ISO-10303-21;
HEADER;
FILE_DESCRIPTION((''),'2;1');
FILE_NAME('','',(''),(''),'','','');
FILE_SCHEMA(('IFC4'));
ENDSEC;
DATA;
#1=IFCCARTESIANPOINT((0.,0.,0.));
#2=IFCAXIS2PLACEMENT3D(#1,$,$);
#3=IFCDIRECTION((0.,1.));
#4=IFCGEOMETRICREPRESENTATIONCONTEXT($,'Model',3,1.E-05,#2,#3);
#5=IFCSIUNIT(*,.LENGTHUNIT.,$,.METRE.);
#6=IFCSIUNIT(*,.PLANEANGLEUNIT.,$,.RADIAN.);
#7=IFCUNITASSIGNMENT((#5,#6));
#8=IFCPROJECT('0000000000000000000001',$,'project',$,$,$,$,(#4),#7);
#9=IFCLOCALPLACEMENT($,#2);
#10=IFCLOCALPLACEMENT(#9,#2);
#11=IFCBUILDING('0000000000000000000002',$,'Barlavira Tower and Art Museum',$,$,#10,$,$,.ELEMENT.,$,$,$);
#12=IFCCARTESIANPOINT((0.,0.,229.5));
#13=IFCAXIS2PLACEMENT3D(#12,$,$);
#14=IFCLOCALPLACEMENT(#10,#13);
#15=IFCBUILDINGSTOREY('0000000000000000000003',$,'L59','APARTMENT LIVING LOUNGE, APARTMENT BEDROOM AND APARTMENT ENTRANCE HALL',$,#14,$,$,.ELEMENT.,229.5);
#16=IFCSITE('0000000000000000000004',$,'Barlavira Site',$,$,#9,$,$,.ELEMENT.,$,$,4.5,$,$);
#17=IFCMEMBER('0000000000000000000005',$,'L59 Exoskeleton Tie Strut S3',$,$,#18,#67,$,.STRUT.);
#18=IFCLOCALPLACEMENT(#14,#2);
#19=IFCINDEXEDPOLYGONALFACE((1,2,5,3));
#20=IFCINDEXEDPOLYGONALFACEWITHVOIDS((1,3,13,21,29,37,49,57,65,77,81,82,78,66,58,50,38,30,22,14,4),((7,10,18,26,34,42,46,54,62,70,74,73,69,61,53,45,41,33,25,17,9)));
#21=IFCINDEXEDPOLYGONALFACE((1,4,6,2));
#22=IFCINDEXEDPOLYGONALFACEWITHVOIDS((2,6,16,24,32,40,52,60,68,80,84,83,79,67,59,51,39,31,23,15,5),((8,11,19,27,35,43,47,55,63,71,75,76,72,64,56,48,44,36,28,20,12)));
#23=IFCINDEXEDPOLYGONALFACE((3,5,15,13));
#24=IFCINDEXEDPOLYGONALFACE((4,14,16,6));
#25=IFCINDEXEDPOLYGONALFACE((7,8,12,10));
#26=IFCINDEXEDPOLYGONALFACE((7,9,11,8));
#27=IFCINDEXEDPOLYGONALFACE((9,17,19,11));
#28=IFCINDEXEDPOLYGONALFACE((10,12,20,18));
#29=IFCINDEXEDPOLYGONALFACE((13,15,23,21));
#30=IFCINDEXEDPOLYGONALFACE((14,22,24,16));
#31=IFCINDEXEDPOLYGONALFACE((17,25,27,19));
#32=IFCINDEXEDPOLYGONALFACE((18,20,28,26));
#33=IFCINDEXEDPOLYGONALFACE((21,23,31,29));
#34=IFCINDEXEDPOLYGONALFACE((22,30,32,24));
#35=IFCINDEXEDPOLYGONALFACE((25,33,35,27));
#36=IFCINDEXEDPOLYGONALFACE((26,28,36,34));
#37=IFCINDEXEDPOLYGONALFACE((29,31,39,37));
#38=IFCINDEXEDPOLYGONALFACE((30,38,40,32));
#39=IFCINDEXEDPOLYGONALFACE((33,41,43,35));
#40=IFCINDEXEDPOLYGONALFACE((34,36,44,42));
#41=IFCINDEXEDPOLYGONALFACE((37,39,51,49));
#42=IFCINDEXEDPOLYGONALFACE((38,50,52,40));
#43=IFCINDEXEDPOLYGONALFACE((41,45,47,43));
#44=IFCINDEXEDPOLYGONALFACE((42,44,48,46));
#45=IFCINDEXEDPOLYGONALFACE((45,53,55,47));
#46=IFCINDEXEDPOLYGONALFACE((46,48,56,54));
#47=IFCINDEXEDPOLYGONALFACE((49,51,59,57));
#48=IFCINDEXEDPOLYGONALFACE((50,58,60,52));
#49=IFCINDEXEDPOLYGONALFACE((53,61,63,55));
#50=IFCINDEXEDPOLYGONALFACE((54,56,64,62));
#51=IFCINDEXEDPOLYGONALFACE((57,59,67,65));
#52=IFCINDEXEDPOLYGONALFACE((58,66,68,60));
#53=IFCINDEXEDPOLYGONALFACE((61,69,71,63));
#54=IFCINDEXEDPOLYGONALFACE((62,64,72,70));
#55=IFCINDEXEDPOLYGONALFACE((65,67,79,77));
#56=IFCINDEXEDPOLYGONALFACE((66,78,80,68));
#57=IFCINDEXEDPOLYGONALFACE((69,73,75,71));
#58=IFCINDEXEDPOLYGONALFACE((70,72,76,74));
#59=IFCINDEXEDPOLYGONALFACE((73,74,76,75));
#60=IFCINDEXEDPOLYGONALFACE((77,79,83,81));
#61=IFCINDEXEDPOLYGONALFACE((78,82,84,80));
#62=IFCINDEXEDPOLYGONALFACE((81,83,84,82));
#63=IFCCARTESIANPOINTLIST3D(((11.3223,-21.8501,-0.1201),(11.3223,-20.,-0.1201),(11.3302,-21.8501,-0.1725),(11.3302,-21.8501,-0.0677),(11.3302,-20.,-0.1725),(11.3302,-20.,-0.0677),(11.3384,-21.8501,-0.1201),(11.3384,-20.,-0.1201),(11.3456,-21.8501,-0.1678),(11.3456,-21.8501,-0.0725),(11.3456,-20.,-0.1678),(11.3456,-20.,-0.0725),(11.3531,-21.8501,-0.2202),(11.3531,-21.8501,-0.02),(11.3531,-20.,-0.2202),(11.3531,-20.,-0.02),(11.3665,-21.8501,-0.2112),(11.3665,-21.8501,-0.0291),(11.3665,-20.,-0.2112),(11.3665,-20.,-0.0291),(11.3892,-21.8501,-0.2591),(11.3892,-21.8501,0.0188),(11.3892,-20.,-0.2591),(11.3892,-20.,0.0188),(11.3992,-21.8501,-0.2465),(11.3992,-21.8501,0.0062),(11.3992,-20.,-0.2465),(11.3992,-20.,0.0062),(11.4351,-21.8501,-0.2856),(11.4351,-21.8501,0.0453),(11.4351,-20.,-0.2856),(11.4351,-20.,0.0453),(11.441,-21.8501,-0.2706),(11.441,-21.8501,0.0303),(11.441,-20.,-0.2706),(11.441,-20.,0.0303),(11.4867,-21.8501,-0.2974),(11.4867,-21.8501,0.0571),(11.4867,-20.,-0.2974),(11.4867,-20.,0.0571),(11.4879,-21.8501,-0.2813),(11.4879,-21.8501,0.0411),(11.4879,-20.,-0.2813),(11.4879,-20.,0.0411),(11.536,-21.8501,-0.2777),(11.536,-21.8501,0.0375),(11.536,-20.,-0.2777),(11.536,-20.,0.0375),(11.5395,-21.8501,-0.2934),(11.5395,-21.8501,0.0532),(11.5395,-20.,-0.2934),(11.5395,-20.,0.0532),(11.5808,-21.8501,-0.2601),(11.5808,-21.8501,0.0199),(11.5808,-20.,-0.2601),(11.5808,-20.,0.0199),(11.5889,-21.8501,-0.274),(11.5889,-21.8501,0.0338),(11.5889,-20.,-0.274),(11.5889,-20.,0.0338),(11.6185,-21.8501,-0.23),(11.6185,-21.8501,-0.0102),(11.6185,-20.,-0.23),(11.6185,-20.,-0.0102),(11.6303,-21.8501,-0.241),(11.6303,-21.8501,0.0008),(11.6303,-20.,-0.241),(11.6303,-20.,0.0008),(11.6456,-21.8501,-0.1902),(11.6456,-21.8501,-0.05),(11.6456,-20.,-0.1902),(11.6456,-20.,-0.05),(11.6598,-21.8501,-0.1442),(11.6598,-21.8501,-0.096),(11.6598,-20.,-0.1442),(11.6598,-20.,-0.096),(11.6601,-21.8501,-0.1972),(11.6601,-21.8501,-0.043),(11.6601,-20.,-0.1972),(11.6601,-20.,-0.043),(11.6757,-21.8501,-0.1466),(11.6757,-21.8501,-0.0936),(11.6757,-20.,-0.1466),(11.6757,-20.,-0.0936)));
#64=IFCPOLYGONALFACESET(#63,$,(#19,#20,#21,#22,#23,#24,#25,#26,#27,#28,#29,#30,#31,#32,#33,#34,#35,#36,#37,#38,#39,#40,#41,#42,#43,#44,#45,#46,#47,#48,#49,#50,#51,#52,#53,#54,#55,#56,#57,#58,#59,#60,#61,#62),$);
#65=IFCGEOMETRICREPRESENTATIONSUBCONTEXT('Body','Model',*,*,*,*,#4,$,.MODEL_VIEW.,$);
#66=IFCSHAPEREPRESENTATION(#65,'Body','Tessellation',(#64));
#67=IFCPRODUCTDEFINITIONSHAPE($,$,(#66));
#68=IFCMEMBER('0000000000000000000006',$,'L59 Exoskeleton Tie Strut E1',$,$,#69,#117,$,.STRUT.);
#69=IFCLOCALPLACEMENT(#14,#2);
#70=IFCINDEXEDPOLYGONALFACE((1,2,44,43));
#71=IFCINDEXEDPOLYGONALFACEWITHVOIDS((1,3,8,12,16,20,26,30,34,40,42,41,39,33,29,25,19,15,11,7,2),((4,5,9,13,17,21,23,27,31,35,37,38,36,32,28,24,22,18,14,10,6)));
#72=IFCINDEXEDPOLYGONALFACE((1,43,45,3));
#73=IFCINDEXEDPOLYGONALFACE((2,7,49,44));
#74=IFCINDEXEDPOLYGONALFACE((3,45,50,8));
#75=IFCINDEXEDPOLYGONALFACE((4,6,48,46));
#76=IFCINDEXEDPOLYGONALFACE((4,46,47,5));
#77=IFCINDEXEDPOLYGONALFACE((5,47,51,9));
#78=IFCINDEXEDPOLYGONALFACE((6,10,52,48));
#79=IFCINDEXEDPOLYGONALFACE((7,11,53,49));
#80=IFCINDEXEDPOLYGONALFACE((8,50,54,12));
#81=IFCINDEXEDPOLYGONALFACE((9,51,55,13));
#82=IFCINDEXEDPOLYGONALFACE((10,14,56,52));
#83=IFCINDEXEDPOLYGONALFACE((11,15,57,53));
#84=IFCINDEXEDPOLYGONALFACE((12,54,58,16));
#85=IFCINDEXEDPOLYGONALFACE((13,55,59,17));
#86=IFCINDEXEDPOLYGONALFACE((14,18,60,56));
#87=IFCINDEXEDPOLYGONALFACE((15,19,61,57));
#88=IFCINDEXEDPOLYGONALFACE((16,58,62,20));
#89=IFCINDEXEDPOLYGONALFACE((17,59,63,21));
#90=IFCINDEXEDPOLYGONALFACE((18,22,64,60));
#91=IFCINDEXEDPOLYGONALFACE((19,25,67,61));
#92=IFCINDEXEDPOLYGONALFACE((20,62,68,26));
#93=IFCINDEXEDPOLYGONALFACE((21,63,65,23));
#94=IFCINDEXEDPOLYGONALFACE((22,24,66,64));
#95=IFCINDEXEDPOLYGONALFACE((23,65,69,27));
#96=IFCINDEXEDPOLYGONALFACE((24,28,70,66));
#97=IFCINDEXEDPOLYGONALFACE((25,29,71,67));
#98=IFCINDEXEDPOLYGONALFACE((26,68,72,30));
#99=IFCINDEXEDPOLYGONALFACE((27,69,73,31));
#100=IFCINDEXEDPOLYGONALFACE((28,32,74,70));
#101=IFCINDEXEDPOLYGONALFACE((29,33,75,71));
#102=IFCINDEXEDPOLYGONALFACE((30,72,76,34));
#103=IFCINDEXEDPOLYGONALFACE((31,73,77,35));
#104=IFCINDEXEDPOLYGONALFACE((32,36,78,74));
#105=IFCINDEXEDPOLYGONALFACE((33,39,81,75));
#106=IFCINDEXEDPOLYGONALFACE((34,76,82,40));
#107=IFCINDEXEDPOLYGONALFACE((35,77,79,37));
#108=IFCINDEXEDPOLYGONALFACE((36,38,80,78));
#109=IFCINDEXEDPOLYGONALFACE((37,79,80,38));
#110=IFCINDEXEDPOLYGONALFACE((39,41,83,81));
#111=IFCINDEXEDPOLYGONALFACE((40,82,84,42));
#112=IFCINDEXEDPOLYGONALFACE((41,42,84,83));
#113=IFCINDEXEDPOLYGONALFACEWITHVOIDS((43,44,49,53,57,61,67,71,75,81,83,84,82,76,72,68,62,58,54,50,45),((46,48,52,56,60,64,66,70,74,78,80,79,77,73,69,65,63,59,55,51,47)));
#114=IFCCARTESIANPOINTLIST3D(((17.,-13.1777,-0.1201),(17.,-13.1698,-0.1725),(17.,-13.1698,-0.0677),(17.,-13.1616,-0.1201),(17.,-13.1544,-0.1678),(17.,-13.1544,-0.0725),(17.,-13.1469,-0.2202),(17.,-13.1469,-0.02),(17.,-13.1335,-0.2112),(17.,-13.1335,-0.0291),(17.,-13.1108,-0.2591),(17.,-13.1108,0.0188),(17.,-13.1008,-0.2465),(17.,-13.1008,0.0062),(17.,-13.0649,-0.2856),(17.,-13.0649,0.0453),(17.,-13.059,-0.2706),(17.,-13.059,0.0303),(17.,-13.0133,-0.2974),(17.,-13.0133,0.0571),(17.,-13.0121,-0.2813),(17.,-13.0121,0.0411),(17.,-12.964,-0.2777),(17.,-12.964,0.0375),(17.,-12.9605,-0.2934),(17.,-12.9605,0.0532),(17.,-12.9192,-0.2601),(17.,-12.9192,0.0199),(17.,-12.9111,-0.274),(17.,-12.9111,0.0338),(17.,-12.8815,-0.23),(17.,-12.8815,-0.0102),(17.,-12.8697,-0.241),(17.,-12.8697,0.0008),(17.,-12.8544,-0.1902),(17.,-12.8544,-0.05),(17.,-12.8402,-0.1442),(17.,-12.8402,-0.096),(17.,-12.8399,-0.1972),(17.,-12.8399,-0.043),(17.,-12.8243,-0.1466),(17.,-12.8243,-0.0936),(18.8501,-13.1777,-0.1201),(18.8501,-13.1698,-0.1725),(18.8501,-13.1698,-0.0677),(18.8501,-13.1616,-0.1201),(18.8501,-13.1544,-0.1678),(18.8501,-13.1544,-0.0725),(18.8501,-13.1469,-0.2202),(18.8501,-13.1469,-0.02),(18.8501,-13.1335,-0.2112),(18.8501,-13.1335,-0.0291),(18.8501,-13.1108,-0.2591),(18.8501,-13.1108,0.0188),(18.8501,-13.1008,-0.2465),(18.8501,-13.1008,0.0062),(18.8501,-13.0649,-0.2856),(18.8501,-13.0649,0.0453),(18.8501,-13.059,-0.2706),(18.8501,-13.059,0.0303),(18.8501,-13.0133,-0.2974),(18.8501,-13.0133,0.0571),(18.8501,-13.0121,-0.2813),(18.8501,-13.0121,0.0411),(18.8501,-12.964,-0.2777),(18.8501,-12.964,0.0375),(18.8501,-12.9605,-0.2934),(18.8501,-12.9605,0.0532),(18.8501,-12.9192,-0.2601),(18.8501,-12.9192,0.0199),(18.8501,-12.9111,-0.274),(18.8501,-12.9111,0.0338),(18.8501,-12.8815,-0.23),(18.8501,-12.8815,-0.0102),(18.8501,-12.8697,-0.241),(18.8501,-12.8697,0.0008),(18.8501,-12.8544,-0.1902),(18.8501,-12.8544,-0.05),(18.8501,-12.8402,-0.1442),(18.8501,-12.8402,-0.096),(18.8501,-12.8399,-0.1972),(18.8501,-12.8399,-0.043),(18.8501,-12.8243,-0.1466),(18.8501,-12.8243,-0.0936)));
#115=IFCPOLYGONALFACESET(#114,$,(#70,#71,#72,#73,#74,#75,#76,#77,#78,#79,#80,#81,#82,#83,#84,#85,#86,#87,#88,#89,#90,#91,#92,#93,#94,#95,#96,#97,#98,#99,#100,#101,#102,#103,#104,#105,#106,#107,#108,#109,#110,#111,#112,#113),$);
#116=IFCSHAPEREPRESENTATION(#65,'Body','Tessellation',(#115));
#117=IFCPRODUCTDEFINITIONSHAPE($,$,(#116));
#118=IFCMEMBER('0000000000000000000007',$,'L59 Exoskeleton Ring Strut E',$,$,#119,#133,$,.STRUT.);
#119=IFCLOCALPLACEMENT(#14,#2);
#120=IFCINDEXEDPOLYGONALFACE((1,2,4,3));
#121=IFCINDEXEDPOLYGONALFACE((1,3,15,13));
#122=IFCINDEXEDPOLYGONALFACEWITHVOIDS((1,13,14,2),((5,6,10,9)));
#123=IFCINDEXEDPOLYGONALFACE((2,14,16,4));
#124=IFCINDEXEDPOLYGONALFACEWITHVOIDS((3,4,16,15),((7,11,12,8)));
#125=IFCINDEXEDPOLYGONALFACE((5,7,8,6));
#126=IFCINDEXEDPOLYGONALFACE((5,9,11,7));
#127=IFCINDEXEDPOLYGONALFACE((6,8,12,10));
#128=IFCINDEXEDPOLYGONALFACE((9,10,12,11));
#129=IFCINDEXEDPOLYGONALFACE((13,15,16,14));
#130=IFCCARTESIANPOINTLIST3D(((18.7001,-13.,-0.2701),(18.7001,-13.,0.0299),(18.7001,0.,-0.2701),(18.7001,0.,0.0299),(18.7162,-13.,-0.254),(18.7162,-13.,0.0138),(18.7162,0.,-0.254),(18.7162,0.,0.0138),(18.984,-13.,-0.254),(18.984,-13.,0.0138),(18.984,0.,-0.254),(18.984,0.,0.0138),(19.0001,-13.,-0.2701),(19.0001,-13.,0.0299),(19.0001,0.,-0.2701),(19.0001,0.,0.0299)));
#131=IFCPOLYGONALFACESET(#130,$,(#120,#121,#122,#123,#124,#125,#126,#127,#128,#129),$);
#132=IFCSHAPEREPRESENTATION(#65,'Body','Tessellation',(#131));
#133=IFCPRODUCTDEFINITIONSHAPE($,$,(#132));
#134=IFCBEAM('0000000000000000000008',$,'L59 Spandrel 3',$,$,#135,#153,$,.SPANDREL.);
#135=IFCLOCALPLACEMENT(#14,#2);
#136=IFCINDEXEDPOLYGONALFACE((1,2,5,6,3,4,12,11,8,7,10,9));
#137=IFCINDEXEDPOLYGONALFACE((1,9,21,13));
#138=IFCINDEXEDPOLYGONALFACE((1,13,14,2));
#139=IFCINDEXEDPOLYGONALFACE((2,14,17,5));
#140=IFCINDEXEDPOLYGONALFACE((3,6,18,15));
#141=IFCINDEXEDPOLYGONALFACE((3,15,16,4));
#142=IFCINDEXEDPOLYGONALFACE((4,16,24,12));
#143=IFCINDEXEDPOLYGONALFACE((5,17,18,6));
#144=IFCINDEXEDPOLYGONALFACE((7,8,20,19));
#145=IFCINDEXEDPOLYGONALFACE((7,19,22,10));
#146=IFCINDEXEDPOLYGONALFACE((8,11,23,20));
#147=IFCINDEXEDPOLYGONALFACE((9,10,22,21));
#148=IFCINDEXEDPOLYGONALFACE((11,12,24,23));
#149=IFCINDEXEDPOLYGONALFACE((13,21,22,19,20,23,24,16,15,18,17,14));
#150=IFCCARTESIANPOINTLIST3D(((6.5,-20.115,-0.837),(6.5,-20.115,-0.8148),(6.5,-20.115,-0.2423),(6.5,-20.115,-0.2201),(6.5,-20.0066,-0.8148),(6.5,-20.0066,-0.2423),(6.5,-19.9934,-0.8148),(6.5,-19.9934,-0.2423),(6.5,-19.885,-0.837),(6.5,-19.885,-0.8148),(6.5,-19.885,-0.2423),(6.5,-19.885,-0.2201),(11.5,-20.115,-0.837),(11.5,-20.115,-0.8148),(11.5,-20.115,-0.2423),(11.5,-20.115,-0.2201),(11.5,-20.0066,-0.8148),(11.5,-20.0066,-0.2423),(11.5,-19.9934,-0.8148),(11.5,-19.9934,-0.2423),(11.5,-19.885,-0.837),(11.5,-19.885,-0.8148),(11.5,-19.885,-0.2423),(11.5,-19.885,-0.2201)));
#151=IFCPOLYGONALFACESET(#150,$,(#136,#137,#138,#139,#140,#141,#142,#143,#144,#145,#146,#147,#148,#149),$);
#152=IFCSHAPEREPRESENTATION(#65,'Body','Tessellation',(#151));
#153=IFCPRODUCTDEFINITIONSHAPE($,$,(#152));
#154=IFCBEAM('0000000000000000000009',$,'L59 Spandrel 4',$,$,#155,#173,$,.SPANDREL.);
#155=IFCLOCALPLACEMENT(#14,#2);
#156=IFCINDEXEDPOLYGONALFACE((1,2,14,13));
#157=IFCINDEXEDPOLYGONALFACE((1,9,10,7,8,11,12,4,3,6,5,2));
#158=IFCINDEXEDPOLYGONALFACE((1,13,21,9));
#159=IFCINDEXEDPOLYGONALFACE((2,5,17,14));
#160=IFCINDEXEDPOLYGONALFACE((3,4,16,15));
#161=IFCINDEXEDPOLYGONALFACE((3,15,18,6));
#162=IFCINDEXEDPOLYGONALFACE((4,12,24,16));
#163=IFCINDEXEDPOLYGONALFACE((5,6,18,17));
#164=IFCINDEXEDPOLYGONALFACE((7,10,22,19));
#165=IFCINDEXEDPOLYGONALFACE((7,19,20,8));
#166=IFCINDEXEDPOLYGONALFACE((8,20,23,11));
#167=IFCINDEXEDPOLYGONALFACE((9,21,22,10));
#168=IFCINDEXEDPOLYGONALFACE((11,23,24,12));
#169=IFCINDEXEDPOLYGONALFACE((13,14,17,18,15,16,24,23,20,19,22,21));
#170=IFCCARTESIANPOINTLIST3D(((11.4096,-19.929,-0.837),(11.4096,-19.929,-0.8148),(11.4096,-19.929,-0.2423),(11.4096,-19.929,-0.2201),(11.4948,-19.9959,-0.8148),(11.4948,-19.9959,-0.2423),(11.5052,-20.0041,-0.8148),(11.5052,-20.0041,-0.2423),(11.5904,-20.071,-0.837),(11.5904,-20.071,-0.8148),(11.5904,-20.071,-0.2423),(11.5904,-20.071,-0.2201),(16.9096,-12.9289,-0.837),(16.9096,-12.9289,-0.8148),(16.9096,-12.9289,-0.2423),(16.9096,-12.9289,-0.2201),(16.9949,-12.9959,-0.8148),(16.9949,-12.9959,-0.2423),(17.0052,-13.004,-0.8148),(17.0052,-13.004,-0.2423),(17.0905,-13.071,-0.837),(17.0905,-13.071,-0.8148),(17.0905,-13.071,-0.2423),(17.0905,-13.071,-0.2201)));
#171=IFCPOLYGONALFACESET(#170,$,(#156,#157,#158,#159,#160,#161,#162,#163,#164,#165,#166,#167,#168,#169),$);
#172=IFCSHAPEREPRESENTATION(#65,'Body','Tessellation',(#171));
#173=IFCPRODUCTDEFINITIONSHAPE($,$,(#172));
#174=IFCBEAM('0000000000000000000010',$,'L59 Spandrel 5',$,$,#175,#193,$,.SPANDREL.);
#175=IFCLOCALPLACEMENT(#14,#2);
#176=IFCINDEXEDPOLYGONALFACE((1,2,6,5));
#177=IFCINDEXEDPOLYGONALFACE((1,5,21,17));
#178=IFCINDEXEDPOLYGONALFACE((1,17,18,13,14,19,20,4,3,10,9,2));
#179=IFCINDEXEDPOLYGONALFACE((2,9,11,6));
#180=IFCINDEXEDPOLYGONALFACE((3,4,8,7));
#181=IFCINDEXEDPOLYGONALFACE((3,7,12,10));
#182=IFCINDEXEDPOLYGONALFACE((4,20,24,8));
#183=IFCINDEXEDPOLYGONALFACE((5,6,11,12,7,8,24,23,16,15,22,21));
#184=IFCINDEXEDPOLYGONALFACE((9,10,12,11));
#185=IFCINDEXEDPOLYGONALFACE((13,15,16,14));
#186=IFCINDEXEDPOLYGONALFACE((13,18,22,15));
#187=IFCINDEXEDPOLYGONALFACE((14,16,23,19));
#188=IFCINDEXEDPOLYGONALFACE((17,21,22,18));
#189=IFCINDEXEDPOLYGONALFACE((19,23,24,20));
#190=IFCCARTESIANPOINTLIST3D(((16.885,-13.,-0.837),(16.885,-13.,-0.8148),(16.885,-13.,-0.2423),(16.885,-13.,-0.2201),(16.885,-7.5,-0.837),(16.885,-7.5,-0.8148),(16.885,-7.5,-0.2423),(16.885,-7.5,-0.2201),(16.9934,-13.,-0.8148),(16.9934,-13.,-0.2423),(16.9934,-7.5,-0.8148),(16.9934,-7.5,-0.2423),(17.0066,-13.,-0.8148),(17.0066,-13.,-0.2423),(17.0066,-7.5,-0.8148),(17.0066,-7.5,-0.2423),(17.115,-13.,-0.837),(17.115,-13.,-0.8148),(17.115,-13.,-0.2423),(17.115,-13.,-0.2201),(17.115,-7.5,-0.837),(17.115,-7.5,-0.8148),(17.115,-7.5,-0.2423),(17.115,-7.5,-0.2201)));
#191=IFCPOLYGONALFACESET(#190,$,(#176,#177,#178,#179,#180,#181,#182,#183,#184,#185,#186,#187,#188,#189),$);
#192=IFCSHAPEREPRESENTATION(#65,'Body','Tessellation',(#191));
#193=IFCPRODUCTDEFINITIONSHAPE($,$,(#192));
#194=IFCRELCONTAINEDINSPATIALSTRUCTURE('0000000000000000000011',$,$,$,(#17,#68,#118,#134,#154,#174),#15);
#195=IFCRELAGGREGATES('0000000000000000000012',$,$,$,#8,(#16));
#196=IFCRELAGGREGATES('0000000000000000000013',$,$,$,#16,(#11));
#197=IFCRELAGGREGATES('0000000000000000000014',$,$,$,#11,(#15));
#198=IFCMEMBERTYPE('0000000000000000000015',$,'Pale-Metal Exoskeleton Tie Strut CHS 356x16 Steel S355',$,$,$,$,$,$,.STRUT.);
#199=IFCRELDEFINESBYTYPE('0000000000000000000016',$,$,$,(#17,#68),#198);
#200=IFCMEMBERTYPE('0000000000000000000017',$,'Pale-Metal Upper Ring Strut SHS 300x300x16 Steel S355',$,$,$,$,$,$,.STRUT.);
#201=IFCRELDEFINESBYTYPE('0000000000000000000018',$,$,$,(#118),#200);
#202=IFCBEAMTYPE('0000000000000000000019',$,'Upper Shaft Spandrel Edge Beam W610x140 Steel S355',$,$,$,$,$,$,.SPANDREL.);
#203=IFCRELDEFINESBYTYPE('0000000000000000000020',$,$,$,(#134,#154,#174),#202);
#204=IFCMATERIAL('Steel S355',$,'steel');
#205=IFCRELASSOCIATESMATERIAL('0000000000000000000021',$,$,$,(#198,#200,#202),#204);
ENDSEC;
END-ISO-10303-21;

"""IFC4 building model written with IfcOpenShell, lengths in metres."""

from ifc_helpers import new_model, si_unit, direction, frame, origin, origin_2d, place, context, subcontext, project, spatial, hollow_rectangle, hollow_circle, i_section, extrude, material, material_profile, profile_set, type_object, element, save


model = new_model("IFC4")

# Units and contexts
model_context = context("Model", 3, precision=1e-05, world=origin(), true_north=direction((0.0, 1.0)))
body_context = subcontext(model_context, "Body", "Model", "MODEL_VIEW")
ifc_project = project(units=[si_unit("LENGTHUNIT", "METRE"), si_unit("PLANEANGLEUNIT", "RADIAN")], contexts=[model_context])

# Site, building, storey
site_placement = place(None, origin())
site = spatial("IfcSite", under=ifc_project, at=site_placement, Name="Barlavira Site", CompositionType="ELEMENT", RefElevation=4.5)
building_placement = place(site_placement, origin())
building = spatial("IfcBuilding", under=site, at=building_placement, Name="Barlavira Tower and Art Museum", CompositionType="ELEMENT")
storey_placement = place(building_placement, frame((0.0, 0.0, 229.5)))
storey = spatial("IfcBuildingStorey", under=building, at=storey_placement, Name="L59", Description="APARTMENT LIVING LOUNGE, APARTMENT BEDROOM AND APARTMENT ENTRANCE HALL", CompositionType="ELEMENT", Elevation=229.5)

# Members
ifc_material_1 = material(Name="Steel S355", Category="steel")
ifc_material_profile_1 = material_profile(ifc_material_1, hollow_circle(Radius=0.1777, WallThickness=0.0161, at=origin_2d()), Name="CHS 355.6x16.0")
ifc_profile_set_1 = profile_set([ifc_material_profile_1], Name="Steel S355")
member_type_1 = type_object("IfcMemberType", Name="Pale-Metal Exoskeleton Tie Strut CHS 356x16 Steel S355", PredefinedType="STRUT", material=ifc_profile_set_1)
for number, where, z_axis, x_axis, name in (
    (1, (11.5, -21.8501, -0.1201), (0.0, 1.0, 0.0), (-1.0, 0.0, 0.0), "L59 Exoskeleton Tie Strut S3"),
    (2, (18.8501, -13.0, -0.1201), (-1.0, 0.0, 0.0), (0.0, -1.0, 0.0), "L59 Exoskeleton Tie Strut E1"),
):
    element("IfcMember", number, at=place(storey_placement, frame(where, z_axis=z_axis, x_axis=x_axis)), inside=storey, type_object=member_type_1, Name=name, PredefinedType="STRUT", context=body_context, shape_type="SweptSolid", body=[
        extrude(hollow_circle(Radius=0.1777, WallThickness=0.0161, at=origin_2d()), origin(), (0.0, 0.0, 1.0), 1.8501),
    ])
ifc_material_profile_2 = material_profile(ifc_material_1, hollow_rectangle(XDim=0.3, YDim=0.3, WallThickness=0.0161, at=origin_2d()), Name="SHS 300x300x16.0")
ifc_profile_set_2 = profile_set([ifc_material_profile_2], Name="Steel S355")
member_type_2 = type_object("IfcMemberType", Name="Pale-Metal Upper Ring Strut SHS 300x300x16 Steel S355", PredefinedType="STRUT", material=ifc_profile_set_2)
member_1_placement = place(storey_placement, frame((18.8501, -13.0, -0.1201), z_axis=(0.0, 1.0, 0.0), x_axis=(-1.0, 0.0, 0.0)))
element("IfcMember", 3, at=member_1_placement, inside=storey, type_object=member_type_2, Name="L59 Exoskeleton Ring Strut E", PredefinedType="STRUT", context=body_context, shape_type="SweptSolid", body=[
    extrude(hollow_rectangle(XDim=0.3, YDim=0.3, WallThickness=0.0161, at=origin_2d()), origin(), (0.0, 0.0, 1.0), 13.0),
])

# Beams
ifc_material_profile_3 = material_profile(ifc_material_1, i_section(OverallWidth=0.23, OverallDepth=0.6169, WebThickness=0.0132, FlangeThickness=0.0222, at=origin_2d()), Name="W610x140.0")
ifc_profile_set_3 = profile_set([ifc_material_profile_3], Name="Steel S355")
beam_type_1 = type_object("IfcBeamType", Name="Upper Shaft Spandrel Edge Beam W610x140 Steel S355", PredefinedType="SPANDREL", material=ifc_profile_set_3)
beam_1_placement = place(storey_placement, frame((6.5, -20.0, -0.5286), z_axis=(1.0, 0.0, 0.0), x_axis=(0.0, 1.0, 0.0)))
element("IfcBeam", 4, at=beam_1_placement, inside=storey, type_object=beam_type_1, Name="L59 Spandrel 3", PredefinedType="SPANDREL", context=body_context, shape_type="SweptSolid", body=[
    extrude(i_section(OverallWidth=0.23, OverallDepth=0.6169, WebThickness=0.0132, FlangeThickness=0.0222, at=origin_2d()), origin(), (0.0, 0.0, 1.0), 5.0),
])
beam_2_placement = place(storey_placement, frame((11.5, -20.0, -0.5286), z_axis=(0.617822, 0.786318, 0.0), x_axis=(-0.786318, 0.617822, 0.0)))
element("IfcBeam", 5, at=beam_2_placement, inside=storey, type_object=beam_type_1, Name="L59 Spandrel 4", PredefinedType="SPANDREL", context=body_context, shape_type="SweptSolid", body=[
    extrude(i_section(OverallWidth=0.23, OverallDepth=0.6169, WebThickness=0.0132, FlangeThickness=0.0222, at=origin_2d()), origin(), (0.0, 0.0, 1.0), 8.9023),
])
beam_3_placement = place(storey_placement, frame((17.0, -13.0, -0.5286), z_axis=(0.0, 1.0, 0.0), x_axis=(-1.0, 0.0, 0.0)))
element("IfcBeam", 6, at=beam_3_placement, inside=storey, type_object=beam_type_1, Name="L59 Spandrel 5", PredefinedType="SPANDREL", context=body_context, shape_type="SweptSolid", body=[
    extrude(i_section(OverallWidth=0.23, OverallDepth=0.6169, WebThickness=0.0132, FlangeThickness=0.0222, at=origin_2d()), origin(), (0.0, 0.0, 1.0), 5.5),
])

save(model, "model.ifc")
